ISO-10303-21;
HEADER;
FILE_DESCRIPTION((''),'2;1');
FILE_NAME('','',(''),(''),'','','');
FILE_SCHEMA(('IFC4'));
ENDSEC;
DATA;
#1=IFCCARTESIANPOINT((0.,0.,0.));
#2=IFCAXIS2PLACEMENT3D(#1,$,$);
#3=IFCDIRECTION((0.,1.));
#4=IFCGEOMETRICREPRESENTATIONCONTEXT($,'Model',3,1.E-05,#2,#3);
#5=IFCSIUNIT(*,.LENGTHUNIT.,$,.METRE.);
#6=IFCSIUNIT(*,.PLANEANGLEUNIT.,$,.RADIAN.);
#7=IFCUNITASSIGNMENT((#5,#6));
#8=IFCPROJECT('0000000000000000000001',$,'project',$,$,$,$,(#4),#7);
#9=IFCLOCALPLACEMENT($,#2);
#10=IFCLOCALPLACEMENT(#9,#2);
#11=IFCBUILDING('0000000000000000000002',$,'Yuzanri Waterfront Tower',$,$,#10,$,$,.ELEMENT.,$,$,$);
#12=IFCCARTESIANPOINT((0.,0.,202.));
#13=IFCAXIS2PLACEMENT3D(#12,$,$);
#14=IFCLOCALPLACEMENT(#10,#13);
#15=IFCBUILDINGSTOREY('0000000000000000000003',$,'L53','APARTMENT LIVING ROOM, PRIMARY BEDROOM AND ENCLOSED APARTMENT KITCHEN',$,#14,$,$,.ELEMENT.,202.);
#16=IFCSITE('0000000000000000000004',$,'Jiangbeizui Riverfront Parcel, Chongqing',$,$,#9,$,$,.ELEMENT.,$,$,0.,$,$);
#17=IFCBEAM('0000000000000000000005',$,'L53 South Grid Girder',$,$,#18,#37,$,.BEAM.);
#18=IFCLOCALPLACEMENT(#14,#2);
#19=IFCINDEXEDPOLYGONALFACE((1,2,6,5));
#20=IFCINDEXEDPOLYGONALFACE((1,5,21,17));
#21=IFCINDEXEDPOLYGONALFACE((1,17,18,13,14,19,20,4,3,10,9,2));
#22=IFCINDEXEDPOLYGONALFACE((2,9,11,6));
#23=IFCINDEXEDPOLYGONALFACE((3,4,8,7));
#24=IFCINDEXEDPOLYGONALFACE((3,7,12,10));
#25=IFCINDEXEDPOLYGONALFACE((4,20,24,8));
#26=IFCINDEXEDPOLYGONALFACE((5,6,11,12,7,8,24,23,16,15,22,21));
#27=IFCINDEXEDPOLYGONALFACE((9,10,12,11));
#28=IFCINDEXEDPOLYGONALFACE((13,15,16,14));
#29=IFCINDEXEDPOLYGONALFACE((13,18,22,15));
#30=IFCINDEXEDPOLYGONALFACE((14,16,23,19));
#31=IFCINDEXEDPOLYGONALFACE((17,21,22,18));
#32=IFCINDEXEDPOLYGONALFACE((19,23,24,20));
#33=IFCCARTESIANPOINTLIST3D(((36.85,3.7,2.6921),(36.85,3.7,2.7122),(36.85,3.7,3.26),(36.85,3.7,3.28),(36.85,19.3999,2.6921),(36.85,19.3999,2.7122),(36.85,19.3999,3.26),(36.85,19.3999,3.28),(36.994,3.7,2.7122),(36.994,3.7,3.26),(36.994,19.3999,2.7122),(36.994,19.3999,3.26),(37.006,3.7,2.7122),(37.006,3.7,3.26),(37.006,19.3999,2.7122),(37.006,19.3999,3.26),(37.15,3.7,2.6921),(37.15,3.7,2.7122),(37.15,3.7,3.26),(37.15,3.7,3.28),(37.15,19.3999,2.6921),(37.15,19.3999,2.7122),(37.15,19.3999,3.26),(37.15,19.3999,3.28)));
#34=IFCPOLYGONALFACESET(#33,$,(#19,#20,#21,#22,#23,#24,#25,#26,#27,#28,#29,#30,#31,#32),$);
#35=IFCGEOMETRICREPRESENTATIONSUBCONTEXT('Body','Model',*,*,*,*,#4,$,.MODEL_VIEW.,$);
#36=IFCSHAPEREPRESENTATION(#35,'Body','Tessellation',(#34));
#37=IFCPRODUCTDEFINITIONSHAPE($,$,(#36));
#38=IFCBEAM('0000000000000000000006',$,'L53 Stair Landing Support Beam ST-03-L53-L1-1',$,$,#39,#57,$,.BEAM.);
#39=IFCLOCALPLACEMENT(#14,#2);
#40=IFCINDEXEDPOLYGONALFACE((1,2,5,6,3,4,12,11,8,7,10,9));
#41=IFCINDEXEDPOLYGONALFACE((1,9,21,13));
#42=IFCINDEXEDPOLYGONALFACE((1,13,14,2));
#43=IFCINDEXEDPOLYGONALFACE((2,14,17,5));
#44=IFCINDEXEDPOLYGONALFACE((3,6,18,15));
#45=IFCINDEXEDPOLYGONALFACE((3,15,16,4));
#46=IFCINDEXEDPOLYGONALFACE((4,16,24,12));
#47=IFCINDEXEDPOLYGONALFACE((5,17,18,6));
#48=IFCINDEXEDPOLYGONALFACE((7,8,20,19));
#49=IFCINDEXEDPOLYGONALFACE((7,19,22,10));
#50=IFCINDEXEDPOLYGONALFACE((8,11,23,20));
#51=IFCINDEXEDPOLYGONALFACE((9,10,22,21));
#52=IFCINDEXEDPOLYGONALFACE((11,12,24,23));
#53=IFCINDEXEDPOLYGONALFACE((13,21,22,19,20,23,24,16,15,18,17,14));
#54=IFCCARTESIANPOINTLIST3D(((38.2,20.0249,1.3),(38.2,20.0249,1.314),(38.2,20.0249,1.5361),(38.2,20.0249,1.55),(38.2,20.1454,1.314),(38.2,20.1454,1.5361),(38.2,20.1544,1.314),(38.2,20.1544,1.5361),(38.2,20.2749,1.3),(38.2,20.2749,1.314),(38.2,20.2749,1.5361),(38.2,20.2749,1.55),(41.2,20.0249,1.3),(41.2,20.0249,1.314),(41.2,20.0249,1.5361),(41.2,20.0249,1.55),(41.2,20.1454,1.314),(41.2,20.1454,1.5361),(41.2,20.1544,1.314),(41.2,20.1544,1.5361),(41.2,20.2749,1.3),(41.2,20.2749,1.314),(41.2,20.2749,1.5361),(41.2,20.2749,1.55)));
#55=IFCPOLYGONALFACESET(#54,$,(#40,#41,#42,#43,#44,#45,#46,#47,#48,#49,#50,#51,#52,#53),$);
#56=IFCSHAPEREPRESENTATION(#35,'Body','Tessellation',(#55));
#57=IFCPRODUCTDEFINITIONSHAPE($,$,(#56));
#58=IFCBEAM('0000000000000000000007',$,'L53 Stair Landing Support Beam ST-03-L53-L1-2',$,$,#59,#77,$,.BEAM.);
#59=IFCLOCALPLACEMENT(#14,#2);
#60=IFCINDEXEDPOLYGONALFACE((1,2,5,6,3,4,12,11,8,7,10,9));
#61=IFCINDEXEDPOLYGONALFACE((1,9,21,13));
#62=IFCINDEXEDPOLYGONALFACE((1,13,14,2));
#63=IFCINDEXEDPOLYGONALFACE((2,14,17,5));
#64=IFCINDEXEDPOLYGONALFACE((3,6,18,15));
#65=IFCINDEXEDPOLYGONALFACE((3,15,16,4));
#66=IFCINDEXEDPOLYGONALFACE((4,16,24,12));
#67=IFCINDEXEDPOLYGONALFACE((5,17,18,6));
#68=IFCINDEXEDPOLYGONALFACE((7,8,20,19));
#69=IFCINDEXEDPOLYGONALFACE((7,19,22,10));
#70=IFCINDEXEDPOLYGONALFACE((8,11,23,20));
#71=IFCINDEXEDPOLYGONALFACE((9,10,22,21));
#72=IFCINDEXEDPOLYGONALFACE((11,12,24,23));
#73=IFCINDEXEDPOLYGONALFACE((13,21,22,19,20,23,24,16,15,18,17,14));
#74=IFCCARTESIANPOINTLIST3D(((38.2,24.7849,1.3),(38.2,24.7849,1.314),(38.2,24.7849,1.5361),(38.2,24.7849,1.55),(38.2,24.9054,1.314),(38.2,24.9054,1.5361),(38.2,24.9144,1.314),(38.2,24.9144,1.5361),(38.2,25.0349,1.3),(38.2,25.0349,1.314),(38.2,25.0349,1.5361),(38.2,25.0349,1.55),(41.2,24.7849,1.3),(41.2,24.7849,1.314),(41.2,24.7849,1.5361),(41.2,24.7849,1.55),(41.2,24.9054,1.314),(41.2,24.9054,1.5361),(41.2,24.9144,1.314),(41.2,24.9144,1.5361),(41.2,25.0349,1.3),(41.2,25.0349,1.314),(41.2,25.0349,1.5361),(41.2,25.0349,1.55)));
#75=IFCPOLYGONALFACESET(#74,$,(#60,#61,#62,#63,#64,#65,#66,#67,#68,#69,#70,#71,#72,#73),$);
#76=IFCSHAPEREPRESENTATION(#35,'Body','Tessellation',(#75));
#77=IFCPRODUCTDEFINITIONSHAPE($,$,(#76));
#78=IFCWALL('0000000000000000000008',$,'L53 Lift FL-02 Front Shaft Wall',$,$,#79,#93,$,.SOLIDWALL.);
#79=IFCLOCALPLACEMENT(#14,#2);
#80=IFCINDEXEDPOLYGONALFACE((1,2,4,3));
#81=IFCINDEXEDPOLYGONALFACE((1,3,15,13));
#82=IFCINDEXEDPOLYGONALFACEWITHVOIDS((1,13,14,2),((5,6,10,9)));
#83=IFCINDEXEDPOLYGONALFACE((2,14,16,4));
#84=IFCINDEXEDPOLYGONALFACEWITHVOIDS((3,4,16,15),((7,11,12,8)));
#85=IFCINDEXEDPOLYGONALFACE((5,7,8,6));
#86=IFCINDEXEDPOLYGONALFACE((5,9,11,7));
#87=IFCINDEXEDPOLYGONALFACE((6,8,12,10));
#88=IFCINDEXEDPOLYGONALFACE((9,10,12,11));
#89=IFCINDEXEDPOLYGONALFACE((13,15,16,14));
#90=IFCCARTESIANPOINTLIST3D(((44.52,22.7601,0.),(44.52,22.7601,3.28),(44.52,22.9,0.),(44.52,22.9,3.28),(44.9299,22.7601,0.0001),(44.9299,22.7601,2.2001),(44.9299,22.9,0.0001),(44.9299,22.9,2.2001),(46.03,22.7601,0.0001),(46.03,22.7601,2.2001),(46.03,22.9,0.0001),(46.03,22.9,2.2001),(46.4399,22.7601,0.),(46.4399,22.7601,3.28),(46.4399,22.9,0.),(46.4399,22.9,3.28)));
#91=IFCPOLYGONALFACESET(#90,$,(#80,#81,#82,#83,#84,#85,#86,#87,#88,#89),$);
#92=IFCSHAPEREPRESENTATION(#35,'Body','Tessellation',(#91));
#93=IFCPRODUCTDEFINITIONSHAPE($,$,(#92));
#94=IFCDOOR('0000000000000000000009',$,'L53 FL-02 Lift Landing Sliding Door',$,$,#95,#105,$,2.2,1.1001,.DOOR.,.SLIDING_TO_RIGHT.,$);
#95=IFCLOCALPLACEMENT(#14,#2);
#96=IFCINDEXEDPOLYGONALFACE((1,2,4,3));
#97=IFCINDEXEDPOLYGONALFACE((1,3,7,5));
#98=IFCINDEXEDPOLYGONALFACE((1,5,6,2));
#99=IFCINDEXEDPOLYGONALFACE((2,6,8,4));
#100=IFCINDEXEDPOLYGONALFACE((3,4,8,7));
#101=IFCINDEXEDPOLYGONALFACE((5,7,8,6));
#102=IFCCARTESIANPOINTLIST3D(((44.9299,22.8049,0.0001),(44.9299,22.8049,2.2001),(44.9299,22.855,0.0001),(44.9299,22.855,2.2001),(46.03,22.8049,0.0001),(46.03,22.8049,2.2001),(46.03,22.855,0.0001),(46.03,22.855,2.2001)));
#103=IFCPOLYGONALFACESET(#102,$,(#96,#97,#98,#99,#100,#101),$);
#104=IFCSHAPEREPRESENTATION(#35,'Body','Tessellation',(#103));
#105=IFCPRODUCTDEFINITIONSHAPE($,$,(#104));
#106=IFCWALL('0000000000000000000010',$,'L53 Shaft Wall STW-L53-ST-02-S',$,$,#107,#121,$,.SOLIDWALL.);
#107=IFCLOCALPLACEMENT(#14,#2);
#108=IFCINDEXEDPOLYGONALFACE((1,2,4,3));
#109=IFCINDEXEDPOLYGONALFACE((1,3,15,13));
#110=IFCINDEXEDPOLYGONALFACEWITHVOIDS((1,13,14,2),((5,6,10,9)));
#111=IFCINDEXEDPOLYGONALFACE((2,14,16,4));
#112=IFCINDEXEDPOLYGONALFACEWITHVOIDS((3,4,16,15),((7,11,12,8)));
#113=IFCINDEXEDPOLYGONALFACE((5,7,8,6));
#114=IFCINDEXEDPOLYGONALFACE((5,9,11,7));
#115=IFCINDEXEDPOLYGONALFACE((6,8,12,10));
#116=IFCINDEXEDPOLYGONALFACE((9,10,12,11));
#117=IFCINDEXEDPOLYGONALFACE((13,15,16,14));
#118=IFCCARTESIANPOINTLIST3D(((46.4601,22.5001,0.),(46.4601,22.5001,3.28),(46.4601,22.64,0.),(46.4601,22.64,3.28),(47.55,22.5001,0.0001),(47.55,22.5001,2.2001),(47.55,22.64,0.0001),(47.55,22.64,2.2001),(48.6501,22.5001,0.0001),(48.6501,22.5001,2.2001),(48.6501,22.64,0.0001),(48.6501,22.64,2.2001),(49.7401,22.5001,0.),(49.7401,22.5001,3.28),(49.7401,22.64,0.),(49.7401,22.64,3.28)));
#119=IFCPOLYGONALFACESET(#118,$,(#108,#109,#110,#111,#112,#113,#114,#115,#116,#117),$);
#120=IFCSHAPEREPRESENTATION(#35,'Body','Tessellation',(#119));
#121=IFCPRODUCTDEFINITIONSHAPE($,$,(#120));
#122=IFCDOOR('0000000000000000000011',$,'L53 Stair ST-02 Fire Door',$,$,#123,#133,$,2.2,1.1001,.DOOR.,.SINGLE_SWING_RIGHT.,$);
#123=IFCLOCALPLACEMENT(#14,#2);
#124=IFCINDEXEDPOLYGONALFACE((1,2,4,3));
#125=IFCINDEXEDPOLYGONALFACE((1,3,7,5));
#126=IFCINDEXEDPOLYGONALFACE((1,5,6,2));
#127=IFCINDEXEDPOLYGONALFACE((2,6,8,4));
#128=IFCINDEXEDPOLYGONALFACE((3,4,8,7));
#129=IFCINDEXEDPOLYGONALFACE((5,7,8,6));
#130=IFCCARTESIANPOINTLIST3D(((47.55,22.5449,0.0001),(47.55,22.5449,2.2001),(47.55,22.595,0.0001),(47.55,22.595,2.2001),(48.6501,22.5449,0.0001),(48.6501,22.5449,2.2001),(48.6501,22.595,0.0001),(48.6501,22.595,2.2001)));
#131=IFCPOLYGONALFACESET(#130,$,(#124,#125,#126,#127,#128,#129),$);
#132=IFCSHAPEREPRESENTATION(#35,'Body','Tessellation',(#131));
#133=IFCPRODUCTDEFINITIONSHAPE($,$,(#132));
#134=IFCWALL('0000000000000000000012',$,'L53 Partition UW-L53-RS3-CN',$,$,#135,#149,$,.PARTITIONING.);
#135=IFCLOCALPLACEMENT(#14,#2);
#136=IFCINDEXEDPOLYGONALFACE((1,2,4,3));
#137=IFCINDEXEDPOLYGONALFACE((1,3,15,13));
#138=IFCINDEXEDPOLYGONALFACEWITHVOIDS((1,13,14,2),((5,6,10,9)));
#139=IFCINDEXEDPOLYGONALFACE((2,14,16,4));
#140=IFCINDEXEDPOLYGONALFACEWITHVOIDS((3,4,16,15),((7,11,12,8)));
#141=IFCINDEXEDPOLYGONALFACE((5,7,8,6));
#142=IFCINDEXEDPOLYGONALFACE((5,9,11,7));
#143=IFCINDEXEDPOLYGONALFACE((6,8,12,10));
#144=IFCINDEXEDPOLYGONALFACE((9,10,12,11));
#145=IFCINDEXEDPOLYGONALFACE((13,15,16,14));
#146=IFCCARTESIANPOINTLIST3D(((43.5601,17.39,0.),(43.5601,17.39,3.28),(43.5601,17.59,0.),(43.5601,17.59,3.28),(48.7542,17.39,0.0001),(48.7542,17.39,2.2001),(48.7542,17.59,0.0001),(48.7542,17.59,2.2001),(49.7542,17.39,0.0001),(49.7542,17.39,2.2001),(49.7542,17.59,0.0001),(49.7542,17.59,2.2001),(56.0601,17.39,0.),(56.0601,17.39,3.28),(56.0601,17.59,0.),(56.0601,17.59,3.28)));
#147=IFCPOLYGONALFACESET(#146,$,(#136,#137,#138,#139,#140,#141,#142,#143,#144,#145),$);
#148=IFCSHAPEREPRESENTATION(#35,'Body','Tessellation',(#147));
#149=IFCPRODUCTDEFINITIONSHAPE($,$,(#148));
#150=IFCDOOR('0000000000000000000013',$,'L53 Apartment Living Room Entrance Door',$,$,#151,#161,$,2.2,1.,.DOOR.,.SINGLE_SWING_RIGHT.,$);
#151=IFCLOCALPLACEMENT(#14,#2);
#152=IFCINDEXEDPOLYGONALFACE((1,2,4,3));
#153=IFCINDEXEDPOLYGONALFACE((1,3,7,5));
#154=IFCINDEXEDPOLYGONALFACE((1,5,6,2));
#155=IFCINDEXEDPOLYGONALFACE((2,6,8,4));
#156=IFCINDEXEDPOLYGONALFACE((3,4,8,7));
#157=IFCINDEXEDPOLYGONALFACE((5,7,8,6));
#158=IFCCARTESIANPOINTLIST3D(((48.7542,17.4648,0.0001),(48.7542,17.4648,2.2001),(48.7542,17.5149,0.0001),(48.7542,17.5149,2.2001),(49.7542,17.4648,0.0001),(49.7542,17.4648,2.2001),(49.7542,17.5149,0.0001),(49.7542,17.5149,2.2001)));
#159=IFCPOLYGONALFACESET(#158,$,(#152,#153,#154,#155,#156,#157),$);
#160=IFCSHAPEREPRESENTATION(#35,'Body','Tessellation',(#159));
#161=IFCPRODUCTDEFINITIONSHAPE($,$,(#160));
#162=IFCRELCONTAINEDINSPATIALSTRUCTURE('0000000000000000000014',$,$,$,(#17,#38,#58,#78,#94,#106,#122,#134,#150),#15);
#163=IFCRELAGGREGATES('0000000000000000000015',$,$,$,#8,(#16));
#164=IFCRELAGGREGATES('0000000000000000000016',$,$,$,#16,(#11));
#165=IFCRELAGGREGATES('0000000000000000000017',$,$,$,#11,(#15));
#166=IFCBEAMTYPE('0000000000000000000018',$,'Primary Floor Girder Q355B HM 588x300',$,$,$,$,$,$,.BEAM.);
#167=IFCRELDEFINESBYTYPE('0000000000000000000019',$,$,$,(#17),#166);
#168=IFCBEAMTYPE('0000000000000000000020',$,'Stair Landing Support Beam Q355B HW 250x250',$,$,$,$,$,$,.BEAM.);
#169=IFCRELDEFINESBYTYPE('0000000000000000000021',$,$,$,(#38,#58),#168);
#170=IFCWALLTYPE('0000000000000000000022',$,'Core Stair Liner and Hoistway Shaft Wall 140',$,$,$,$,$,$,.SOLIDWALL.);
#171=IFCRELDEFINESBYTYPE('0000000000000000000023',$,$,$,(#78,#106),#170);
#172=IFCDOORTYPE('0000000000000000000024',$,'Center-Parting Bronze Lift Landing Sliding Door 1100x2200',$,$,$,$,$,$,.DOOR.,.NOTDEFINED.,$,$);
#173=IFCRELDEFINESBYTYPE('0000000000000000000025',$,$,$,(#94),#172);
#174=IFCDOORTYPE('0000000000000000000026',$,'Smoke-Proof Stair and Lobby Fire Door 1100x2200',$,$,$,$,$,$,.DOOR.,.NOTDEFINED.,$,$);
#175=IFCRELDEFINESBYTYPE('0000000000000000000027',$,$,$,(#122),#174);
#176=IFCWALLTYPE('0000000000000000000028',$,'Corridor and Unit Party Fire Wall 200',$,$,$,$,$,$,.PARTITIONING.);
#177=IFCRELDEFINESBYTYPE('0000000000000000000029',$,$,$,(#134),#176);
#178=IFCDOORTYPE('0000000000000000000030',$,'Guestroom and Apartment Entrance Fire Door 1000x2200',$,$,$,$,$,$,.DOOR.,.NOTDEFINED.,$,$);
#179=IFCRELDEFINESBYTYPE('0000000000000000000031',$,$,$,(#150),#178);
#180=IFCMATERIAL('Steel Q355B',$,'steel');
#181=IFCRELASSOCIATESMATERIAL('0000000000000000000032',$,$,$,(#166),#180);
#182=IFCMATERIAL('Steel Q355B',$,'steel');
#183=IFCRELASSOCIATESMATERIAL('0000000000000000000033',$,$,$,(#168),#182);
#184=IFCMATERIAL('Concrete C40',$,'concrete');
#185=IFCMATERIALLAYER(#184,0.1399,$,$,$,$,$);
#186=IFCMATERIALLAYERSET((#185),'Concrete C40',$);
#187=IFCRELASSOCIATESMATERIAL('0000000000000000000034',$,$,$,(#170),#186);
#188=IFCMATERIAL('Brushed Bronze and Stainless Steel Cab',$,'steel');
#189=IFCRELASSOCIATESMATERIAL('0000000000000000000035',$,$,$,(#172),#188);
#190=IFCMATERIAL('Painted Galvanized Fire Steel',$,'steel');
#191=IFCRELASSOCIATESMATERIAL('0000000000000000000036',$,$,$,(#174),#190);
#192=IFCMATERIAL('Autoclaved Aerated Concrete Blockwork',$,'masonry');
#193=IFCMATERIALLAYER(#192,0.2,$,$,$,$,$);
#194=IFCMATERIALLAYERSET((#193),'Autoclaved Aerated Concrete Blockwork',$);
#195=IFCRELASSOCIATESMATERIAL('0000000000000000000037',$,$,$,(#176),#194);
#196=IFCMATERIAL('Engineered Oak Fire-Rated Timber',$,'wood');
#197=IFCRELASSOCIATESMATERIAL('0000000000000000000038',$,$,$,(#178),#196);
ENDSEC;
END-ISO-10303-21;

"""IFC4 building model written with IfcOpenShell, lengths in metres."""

from ifc_helpers import new_model, si_unit, direction, frame, frame_2d, origin, origin_2d, place, context, subcontext, project, spatial, rectangle, i_section, extrude, source, transform, mapped, material, layer, layer_set, material_profile, profile_set, type_object, element, fill, save


model = new_model("IFC4")

# Units and contexts
model_context = context("Model", 3, precision=1e-05, world=origin(), true_north=direction((0.0, 1.0)))
body_context = subcontext(model_context, "Body", "Model", "MODEL_VIEW")
ifc_project = project(units=[si_unit("LENGTHUNIT", "METRE"), si_unit("PLANEANGLEUNIT", "RADIAN")], contexts=[model_context])

# Site, building, storey
site_placement = place(None, origin())
site = spatial("IfcSite", under=ifc_project, at=site_placement, Name="Jiangbeizui Riverfront Parcel, Chongqing", CompositionType="ELEMENT", RefElevation=0.0)
building_placement = place(site_placement, origin())
building = spatial("IfcBuilding", under=site, at=building_placement, Name="Yuzanri Waterfront Tower", CompositionType="ELEMENT")
storey_placement = place(building_placement, frame((0.0, 0.0, 202.0)))
storey = spatial("IfcBuildingStorey", under=building, at=storey_placement, Name="L53", Description="APARTMENT LIVING ROOM, PRIMARY BEDROOM AND ENCLOSED APARTMENT KITCHEN", CompositionType="ELEMENT", Elevation=202.0)

# Beams
ifc_material_1 = material(Name="Steel Q355B", Category="steel")
ifc_material_profile_1 = material_profile(ifc_material_1, i_section(OverallWidth=0.3, OverallDepth=0.5879, WebThickness=0.012, FlangeThickness=0.02, at=origin_2d()), Name="HM 588x300x12x20")
ifc_profile_set_1 = profile_set([ifc_material_profile_1], Name="Steel Q355B")
beam_type_1 = type_object("IfcBeamType", Name="Primary Floor Girder Q355B HM 588x300", PredefinedType="BEAM", material=ifc_profile_set_1)
shared_shape_1 = source(origin(), body_context, "Body", "SweptSolid", [
    extrude(i_section(OverallWidth=0.3, OverallDepth=0.5879, WebThickness=0.012, FlangeThickness=0.02, at=origin_2d()), origin(), (0.0, 0.0, 1.0), 15.7),
])
beam_placement = place(storey_placement, frame((37.0, 19.3999, 2.9861), z_axis=(0.0, -1.0, 0.0), x_axis=(1.0, 0.0, 0.0)))
element("IfcBeam", 1, at=beam_placement, inside=storey, type_object=beam_type_1, Name="L53 South Grid Girder", PredefinedType="BEAM", context=body_context, shape_type="MappedRepresentation", body=[
    mapped(shared_shape_1, transform((0.0, 0.0, 0.0), scale=1.0)),
])
ifc_material_2 = material(Name="Steel Q355B", Category="steel")
ifc_material_profile_2 = material_profile(ifc_material_2, i_section(OverallWidth=0.25, OverallDepth=0.25, WebThickness=0.009, FlangeThickness=0.0139, at=origin_2d()), Name="HW 250x250x9x14")
ifc_profile_set_2 = profile_set([ifc_material_profile_2], Name="Steel Q355B")
beam_type_2 = type_object("IfcBeamType", Name="Stair Landing Support Beam Q355B HW 250x250", PredefinedType="BEAM", material=ifc_profile_set_2)
shared_shape_2 = source(origin(), body_context, "Body", "SweptSolid", [
    extrude(i_section(OverallWidth=0.25, OverallDepth=0.25, WebThickness=0.009, FlangeThickness=0.0139, at=origin_2d()), origin(), (0.0, 0.0, 1.0), 3.0),
])
for number, where, z_axis, x_axis, name in (
    (2, (38.2, 20.1499, 1.425), (1.0, 0.0, 0.0), (0.0, 1.0, 0.0), "L53 Stair Landing Support Beam ST-03-L53-L1-1"),
    (3, (38.2, 24.9099, 1.425), (1.0, 0.0, 0.0), (0.0, 1.0, 0.0), "L53 Stair Landing Support Beam ST-03-L53-L1-2"),
):
    element("IfcBeam", number, at=place(storey_placement, frame(where, z_axis=z_axis, x_axis=x_axis)), inside=storey, type_object=beam_type_2, Name=name, PredefinedType="BEAM", context=body_context, shape_type="MappedRepresentation", body=[
        mapped(shared_shape_2, transform((0.0, 0.0, 0.0), scale=1.0)),
    ])

# Walls, openings, doors
ifc_material_3 = material(Name="Concrete C40", Category="concrete")
ifc_layer_1 = layer(ifc_material_3, 0.1399)
ifc_layer_set_1 = layer_set([ifc_layer_1], Name="Concrete C40")
wall_type_1 = type_object("IfcWallType", Name="Core Stair Liner and Hoistway Shaft Wall 140", PredefinedType="SOLIDWALL", material=ifc_layer_set_1)
wall_1_placement = place(storey_placement, frame((44.52, 22.8301, 0.0), z_axis=(0.0, 0.0, 1.0), x_axis=(1.0, 0.0, 0.0)))
wall_1 = element("IfcWall", 4, at=wall_1_placement, inside=storey, type_object=wall_type_1, Name="L53 Lift FL-02 Front Shaft Wall", PredefinedType="SOLIDWALL", context=body_context, shape_type="SweptSolid", body=[
    extrude(rectangle(XDim=1.9199, YDim=0.1399, at=frame_2d((0.96, 0.0))), origin(), (0.0, 0.0, 1.0), 3.28),
])
opening_1_placement = place(wall_1_placement, frame((0.4099, 0.0, 0.0)))
opening_1 = element("IfcOpeningElement", 5, at=opening_1_placement, cuts=wall_1, PredefinedType="OPENING", context=body_context, shape_type="SweptSolid", body=[
    extrude(rectangle(XDim=1.1001, YDim=2.2, at=frame_2d((0.55, 1.1001))), frame((0.0, 0.085, 0.0), z_axis=(0.0, -1.0, 0.0), x_axis=(1.0, 0.0, 0.0)), (0.0, 0.0, 1.0), 0.1697),
])
ifc_material_4 = material(Name="Brushed Bronze and Stainless Steel Cab", Category="steel")
door_type_1 = type_object("IfcDoorType", Name="Center-Parting Bronze Lift Landing Sliding Door 1100x2200", OperationType="NOTDEFINED", PredefinedType="DOOR", material=ifc_material_4)
shared_shape_3 = source(origin(), body_context, "Body", "SweptSolid", [
    extrude(rectangle(XDim=1.1001, YDim=2.2, at=frame_2d((0.55, 1.1001))), frame((0.0, 0.0249, 0.0), z_axis=(0.0, -1.0, 0.0), x_axis=(1.0, 0.0, 0.0)), (0.0, 0.0, 1.0), 0.05),
])
door_1_placement = place(opening_1_placement, origin())
door_1 = element("IfcDoor", 6, at=door_1_placement, inside=storey, type_object=door_type_1, Name="L53 FL-02 Lift Landing Sliding Door", OperationType="SLIDING_TO_RIGHT", OverallHeight=2.2, OverallWidth=1.1001, PredefinedType="DOOR", context=body_context, shape_type="MappedRepresentation", body=[
    mapped(shared_shape_3, transform((0.0, 0.0, 0.0), scale=1.0)),
])
fill(opening_1, door_1)
wall_2_placement = place(storey_placement, frame((46.46, 22.5701, 0.0), z_axis=(0.0, 0.0, 1.0), x_axis=(1.0, 0.0, 0.0)))
wall_2 = element("IfcWall", 7, at=wall_2_placement, inside=storey, type_object=wall_type_1, Name="L53 Shaft Wall STW-L53-ST-02-S", PredefinedType="SOLIDWALL", context=body_context, shape_type="SweptSolid", body=[
    extrude(rectangle(XDim=3.28, YDim=0.1399, at=frame_2d((1.6401, 0.0))), origin(), (0.0, 0.0, 1.0), 3.28),
])
opening_2_placement = place(wall_2_placement, frame((1.0901, 0.0, 0.0)))
opening_2 = element("IfcOpeningElement", 8, at=opening_2_placement, cuts=wall_2, PredefinedType="OPENING", context=body_context, shape_type="SweptSolid", body=[
    extrude(rectangle(XDim=1.1001, YDim=2.2, at=frame_2d((0.55, 1.1001))), frame((0.0, 0.085, 0.0), z_axis=(0.0, -1.0, 0.0), x_axis=(1.0, 0.0, 0.0)), (0.0, 0.0, 1.0), 0.1697),
])
ifc_material_5 = material(Name="Painted Galvanized Fire Steel", Category="steel")
door_type_2 = type_object("IfcDoorType", Name="Smoke-Proof Stair and Lobby Fire Door 1100x2200", OperationType="NOTDEFINED", PredefinedType="DOOR", material=ifc_material_5)
shared_shape_4 = source(origin(), body_context, "Body", "SweptSolid", [
    extrude(rectangle(XDim=1.1001, YDim=2.2, at=frame_2d((0.55, 1.1001))), frame((0.0, 0.0249, 0.0), z_axis=(0.0, -1.0, 0.0), x_axis=(1.0, 0.0, 0.0)), (0.0, 0.0, 1.0), 0.05),
])
door_2_placement = place(opening_2_placement, origin())
door_2 = element("IfcDoor", 9, at=door_2_placement, inside=storey, type_object=door_type_2, Name="L53 Stair ST-02 Fire Door", OperationType="SINGLE_SWING_RIGHT", OverallHeight=2.2, OverallWidth=1.1001, PredefinedType="DOOR", context=body_context, shape_type="MappedRepresentation", body=[
    mapped(shared_shape_4, transform((0.0, 0.0, 0.0), scale=1.0)),
])
fill(opening_2, door_2)
ifc_material_6 = material(Name="Autoclaved Aerated Concrete Blockwork", Category="masonry")
ifc_layer_2 = layer(ifc_material_6, 0.2)
ifc_layer_set_2 = layer_set([ifc_layer_2], Name="Autoclaved Aerated Concrete Blockwork")
wall_type_2 = type_object("IfcWallType", Name="Corridor and Unit Party Fire Wall 200", PredefinedType="PARTITIONING", material=ifc_layer_set_2)
wall_3_placement = place(storey_placement, frame((43.5601, 17.49, 0.0), z_axis=(0.0, 0.0, 1.0), x_axis=(1.0, 0.0, 0.0)))
wall_3 = element("IfcWall", 10, at=wall_3_placement, inside=storey, type_object=wall_type_2, Name="L53 Partition UW-L53-RS3-CN", PredefinedType="PARTITIONING", context=body_context, shape_type="SweptSolid", body=[
    extrude(rectangle(XDim=12.5, YDim=0.2, at=frame_2d((6.25, 0.0))), origin(), (0.0, 0.0, 1.0), 3.28),
])
opening_3_placement = place(wall_3_placement, frame((5.1941, 0.0, 0.0)))
opening_3 = element("IfcOpeningElement", 11, at=opening_3_placement, cuts=wall_3, PredefinedType="OPENING", context=body_context, shape_type="SweptSolid", body=[
    extrude(rectangle(XDim=1.0, YDim=2.2, at=frame_2d((0.5, 1.1001))), frame((0.0, 0.1147, 0.0), z_axis=(0.0, -1.0, 0.0), x_axis=(1.0, 0.0, 0.0)), (0.0, 0.0, 1.0), 0.2297),
])
ifc_material_7 = material(Name="Engineered Oak Fire-Rated Timber", Category="wood")
door_type_3 = type_object("IfcDoorType", Name="Guestroom and Apartment Entrance Fire Door 1000x2200", OperationType="NOTDEFINED", PredefinedType="DOOR", material=ifc_material_7)
shared_shape_5 = source(origin(), body_context, "Body", "SweptSolid", [
    extrude(rectangle(XDim=1.0, YDim=2.2, at=frame_2d((0.5, 1.1001))), frame((0.0, 0.0249, 0.0), z_axis=(0.0, -1.0, 0.0), x_axis=(1.0, 0.0, 0.0)), (0.0, 0.0, 1.0), 0.05),
])
door_3_placement = place(opening_3_placement, origin())
door_3 = element("IfcDoor", 12, at=door_3_placement, inside=storey, type_object=door_type_3, Name="L53 Apartment Living Room Entrance Door", OperationType="SINGLE_SWING_RIGHT", OverallHeight=2.2, OverallWidth=1.0, PredefinedType="DOOR", context=body_context, shape_type="MappedRepresentation", body=[
    mapped(shared_shape_5, transform((0.0, 0.0, 0.0), scale=1.0)),
])
fill(opening_3, door_3)

save(model, "model.ifc")
